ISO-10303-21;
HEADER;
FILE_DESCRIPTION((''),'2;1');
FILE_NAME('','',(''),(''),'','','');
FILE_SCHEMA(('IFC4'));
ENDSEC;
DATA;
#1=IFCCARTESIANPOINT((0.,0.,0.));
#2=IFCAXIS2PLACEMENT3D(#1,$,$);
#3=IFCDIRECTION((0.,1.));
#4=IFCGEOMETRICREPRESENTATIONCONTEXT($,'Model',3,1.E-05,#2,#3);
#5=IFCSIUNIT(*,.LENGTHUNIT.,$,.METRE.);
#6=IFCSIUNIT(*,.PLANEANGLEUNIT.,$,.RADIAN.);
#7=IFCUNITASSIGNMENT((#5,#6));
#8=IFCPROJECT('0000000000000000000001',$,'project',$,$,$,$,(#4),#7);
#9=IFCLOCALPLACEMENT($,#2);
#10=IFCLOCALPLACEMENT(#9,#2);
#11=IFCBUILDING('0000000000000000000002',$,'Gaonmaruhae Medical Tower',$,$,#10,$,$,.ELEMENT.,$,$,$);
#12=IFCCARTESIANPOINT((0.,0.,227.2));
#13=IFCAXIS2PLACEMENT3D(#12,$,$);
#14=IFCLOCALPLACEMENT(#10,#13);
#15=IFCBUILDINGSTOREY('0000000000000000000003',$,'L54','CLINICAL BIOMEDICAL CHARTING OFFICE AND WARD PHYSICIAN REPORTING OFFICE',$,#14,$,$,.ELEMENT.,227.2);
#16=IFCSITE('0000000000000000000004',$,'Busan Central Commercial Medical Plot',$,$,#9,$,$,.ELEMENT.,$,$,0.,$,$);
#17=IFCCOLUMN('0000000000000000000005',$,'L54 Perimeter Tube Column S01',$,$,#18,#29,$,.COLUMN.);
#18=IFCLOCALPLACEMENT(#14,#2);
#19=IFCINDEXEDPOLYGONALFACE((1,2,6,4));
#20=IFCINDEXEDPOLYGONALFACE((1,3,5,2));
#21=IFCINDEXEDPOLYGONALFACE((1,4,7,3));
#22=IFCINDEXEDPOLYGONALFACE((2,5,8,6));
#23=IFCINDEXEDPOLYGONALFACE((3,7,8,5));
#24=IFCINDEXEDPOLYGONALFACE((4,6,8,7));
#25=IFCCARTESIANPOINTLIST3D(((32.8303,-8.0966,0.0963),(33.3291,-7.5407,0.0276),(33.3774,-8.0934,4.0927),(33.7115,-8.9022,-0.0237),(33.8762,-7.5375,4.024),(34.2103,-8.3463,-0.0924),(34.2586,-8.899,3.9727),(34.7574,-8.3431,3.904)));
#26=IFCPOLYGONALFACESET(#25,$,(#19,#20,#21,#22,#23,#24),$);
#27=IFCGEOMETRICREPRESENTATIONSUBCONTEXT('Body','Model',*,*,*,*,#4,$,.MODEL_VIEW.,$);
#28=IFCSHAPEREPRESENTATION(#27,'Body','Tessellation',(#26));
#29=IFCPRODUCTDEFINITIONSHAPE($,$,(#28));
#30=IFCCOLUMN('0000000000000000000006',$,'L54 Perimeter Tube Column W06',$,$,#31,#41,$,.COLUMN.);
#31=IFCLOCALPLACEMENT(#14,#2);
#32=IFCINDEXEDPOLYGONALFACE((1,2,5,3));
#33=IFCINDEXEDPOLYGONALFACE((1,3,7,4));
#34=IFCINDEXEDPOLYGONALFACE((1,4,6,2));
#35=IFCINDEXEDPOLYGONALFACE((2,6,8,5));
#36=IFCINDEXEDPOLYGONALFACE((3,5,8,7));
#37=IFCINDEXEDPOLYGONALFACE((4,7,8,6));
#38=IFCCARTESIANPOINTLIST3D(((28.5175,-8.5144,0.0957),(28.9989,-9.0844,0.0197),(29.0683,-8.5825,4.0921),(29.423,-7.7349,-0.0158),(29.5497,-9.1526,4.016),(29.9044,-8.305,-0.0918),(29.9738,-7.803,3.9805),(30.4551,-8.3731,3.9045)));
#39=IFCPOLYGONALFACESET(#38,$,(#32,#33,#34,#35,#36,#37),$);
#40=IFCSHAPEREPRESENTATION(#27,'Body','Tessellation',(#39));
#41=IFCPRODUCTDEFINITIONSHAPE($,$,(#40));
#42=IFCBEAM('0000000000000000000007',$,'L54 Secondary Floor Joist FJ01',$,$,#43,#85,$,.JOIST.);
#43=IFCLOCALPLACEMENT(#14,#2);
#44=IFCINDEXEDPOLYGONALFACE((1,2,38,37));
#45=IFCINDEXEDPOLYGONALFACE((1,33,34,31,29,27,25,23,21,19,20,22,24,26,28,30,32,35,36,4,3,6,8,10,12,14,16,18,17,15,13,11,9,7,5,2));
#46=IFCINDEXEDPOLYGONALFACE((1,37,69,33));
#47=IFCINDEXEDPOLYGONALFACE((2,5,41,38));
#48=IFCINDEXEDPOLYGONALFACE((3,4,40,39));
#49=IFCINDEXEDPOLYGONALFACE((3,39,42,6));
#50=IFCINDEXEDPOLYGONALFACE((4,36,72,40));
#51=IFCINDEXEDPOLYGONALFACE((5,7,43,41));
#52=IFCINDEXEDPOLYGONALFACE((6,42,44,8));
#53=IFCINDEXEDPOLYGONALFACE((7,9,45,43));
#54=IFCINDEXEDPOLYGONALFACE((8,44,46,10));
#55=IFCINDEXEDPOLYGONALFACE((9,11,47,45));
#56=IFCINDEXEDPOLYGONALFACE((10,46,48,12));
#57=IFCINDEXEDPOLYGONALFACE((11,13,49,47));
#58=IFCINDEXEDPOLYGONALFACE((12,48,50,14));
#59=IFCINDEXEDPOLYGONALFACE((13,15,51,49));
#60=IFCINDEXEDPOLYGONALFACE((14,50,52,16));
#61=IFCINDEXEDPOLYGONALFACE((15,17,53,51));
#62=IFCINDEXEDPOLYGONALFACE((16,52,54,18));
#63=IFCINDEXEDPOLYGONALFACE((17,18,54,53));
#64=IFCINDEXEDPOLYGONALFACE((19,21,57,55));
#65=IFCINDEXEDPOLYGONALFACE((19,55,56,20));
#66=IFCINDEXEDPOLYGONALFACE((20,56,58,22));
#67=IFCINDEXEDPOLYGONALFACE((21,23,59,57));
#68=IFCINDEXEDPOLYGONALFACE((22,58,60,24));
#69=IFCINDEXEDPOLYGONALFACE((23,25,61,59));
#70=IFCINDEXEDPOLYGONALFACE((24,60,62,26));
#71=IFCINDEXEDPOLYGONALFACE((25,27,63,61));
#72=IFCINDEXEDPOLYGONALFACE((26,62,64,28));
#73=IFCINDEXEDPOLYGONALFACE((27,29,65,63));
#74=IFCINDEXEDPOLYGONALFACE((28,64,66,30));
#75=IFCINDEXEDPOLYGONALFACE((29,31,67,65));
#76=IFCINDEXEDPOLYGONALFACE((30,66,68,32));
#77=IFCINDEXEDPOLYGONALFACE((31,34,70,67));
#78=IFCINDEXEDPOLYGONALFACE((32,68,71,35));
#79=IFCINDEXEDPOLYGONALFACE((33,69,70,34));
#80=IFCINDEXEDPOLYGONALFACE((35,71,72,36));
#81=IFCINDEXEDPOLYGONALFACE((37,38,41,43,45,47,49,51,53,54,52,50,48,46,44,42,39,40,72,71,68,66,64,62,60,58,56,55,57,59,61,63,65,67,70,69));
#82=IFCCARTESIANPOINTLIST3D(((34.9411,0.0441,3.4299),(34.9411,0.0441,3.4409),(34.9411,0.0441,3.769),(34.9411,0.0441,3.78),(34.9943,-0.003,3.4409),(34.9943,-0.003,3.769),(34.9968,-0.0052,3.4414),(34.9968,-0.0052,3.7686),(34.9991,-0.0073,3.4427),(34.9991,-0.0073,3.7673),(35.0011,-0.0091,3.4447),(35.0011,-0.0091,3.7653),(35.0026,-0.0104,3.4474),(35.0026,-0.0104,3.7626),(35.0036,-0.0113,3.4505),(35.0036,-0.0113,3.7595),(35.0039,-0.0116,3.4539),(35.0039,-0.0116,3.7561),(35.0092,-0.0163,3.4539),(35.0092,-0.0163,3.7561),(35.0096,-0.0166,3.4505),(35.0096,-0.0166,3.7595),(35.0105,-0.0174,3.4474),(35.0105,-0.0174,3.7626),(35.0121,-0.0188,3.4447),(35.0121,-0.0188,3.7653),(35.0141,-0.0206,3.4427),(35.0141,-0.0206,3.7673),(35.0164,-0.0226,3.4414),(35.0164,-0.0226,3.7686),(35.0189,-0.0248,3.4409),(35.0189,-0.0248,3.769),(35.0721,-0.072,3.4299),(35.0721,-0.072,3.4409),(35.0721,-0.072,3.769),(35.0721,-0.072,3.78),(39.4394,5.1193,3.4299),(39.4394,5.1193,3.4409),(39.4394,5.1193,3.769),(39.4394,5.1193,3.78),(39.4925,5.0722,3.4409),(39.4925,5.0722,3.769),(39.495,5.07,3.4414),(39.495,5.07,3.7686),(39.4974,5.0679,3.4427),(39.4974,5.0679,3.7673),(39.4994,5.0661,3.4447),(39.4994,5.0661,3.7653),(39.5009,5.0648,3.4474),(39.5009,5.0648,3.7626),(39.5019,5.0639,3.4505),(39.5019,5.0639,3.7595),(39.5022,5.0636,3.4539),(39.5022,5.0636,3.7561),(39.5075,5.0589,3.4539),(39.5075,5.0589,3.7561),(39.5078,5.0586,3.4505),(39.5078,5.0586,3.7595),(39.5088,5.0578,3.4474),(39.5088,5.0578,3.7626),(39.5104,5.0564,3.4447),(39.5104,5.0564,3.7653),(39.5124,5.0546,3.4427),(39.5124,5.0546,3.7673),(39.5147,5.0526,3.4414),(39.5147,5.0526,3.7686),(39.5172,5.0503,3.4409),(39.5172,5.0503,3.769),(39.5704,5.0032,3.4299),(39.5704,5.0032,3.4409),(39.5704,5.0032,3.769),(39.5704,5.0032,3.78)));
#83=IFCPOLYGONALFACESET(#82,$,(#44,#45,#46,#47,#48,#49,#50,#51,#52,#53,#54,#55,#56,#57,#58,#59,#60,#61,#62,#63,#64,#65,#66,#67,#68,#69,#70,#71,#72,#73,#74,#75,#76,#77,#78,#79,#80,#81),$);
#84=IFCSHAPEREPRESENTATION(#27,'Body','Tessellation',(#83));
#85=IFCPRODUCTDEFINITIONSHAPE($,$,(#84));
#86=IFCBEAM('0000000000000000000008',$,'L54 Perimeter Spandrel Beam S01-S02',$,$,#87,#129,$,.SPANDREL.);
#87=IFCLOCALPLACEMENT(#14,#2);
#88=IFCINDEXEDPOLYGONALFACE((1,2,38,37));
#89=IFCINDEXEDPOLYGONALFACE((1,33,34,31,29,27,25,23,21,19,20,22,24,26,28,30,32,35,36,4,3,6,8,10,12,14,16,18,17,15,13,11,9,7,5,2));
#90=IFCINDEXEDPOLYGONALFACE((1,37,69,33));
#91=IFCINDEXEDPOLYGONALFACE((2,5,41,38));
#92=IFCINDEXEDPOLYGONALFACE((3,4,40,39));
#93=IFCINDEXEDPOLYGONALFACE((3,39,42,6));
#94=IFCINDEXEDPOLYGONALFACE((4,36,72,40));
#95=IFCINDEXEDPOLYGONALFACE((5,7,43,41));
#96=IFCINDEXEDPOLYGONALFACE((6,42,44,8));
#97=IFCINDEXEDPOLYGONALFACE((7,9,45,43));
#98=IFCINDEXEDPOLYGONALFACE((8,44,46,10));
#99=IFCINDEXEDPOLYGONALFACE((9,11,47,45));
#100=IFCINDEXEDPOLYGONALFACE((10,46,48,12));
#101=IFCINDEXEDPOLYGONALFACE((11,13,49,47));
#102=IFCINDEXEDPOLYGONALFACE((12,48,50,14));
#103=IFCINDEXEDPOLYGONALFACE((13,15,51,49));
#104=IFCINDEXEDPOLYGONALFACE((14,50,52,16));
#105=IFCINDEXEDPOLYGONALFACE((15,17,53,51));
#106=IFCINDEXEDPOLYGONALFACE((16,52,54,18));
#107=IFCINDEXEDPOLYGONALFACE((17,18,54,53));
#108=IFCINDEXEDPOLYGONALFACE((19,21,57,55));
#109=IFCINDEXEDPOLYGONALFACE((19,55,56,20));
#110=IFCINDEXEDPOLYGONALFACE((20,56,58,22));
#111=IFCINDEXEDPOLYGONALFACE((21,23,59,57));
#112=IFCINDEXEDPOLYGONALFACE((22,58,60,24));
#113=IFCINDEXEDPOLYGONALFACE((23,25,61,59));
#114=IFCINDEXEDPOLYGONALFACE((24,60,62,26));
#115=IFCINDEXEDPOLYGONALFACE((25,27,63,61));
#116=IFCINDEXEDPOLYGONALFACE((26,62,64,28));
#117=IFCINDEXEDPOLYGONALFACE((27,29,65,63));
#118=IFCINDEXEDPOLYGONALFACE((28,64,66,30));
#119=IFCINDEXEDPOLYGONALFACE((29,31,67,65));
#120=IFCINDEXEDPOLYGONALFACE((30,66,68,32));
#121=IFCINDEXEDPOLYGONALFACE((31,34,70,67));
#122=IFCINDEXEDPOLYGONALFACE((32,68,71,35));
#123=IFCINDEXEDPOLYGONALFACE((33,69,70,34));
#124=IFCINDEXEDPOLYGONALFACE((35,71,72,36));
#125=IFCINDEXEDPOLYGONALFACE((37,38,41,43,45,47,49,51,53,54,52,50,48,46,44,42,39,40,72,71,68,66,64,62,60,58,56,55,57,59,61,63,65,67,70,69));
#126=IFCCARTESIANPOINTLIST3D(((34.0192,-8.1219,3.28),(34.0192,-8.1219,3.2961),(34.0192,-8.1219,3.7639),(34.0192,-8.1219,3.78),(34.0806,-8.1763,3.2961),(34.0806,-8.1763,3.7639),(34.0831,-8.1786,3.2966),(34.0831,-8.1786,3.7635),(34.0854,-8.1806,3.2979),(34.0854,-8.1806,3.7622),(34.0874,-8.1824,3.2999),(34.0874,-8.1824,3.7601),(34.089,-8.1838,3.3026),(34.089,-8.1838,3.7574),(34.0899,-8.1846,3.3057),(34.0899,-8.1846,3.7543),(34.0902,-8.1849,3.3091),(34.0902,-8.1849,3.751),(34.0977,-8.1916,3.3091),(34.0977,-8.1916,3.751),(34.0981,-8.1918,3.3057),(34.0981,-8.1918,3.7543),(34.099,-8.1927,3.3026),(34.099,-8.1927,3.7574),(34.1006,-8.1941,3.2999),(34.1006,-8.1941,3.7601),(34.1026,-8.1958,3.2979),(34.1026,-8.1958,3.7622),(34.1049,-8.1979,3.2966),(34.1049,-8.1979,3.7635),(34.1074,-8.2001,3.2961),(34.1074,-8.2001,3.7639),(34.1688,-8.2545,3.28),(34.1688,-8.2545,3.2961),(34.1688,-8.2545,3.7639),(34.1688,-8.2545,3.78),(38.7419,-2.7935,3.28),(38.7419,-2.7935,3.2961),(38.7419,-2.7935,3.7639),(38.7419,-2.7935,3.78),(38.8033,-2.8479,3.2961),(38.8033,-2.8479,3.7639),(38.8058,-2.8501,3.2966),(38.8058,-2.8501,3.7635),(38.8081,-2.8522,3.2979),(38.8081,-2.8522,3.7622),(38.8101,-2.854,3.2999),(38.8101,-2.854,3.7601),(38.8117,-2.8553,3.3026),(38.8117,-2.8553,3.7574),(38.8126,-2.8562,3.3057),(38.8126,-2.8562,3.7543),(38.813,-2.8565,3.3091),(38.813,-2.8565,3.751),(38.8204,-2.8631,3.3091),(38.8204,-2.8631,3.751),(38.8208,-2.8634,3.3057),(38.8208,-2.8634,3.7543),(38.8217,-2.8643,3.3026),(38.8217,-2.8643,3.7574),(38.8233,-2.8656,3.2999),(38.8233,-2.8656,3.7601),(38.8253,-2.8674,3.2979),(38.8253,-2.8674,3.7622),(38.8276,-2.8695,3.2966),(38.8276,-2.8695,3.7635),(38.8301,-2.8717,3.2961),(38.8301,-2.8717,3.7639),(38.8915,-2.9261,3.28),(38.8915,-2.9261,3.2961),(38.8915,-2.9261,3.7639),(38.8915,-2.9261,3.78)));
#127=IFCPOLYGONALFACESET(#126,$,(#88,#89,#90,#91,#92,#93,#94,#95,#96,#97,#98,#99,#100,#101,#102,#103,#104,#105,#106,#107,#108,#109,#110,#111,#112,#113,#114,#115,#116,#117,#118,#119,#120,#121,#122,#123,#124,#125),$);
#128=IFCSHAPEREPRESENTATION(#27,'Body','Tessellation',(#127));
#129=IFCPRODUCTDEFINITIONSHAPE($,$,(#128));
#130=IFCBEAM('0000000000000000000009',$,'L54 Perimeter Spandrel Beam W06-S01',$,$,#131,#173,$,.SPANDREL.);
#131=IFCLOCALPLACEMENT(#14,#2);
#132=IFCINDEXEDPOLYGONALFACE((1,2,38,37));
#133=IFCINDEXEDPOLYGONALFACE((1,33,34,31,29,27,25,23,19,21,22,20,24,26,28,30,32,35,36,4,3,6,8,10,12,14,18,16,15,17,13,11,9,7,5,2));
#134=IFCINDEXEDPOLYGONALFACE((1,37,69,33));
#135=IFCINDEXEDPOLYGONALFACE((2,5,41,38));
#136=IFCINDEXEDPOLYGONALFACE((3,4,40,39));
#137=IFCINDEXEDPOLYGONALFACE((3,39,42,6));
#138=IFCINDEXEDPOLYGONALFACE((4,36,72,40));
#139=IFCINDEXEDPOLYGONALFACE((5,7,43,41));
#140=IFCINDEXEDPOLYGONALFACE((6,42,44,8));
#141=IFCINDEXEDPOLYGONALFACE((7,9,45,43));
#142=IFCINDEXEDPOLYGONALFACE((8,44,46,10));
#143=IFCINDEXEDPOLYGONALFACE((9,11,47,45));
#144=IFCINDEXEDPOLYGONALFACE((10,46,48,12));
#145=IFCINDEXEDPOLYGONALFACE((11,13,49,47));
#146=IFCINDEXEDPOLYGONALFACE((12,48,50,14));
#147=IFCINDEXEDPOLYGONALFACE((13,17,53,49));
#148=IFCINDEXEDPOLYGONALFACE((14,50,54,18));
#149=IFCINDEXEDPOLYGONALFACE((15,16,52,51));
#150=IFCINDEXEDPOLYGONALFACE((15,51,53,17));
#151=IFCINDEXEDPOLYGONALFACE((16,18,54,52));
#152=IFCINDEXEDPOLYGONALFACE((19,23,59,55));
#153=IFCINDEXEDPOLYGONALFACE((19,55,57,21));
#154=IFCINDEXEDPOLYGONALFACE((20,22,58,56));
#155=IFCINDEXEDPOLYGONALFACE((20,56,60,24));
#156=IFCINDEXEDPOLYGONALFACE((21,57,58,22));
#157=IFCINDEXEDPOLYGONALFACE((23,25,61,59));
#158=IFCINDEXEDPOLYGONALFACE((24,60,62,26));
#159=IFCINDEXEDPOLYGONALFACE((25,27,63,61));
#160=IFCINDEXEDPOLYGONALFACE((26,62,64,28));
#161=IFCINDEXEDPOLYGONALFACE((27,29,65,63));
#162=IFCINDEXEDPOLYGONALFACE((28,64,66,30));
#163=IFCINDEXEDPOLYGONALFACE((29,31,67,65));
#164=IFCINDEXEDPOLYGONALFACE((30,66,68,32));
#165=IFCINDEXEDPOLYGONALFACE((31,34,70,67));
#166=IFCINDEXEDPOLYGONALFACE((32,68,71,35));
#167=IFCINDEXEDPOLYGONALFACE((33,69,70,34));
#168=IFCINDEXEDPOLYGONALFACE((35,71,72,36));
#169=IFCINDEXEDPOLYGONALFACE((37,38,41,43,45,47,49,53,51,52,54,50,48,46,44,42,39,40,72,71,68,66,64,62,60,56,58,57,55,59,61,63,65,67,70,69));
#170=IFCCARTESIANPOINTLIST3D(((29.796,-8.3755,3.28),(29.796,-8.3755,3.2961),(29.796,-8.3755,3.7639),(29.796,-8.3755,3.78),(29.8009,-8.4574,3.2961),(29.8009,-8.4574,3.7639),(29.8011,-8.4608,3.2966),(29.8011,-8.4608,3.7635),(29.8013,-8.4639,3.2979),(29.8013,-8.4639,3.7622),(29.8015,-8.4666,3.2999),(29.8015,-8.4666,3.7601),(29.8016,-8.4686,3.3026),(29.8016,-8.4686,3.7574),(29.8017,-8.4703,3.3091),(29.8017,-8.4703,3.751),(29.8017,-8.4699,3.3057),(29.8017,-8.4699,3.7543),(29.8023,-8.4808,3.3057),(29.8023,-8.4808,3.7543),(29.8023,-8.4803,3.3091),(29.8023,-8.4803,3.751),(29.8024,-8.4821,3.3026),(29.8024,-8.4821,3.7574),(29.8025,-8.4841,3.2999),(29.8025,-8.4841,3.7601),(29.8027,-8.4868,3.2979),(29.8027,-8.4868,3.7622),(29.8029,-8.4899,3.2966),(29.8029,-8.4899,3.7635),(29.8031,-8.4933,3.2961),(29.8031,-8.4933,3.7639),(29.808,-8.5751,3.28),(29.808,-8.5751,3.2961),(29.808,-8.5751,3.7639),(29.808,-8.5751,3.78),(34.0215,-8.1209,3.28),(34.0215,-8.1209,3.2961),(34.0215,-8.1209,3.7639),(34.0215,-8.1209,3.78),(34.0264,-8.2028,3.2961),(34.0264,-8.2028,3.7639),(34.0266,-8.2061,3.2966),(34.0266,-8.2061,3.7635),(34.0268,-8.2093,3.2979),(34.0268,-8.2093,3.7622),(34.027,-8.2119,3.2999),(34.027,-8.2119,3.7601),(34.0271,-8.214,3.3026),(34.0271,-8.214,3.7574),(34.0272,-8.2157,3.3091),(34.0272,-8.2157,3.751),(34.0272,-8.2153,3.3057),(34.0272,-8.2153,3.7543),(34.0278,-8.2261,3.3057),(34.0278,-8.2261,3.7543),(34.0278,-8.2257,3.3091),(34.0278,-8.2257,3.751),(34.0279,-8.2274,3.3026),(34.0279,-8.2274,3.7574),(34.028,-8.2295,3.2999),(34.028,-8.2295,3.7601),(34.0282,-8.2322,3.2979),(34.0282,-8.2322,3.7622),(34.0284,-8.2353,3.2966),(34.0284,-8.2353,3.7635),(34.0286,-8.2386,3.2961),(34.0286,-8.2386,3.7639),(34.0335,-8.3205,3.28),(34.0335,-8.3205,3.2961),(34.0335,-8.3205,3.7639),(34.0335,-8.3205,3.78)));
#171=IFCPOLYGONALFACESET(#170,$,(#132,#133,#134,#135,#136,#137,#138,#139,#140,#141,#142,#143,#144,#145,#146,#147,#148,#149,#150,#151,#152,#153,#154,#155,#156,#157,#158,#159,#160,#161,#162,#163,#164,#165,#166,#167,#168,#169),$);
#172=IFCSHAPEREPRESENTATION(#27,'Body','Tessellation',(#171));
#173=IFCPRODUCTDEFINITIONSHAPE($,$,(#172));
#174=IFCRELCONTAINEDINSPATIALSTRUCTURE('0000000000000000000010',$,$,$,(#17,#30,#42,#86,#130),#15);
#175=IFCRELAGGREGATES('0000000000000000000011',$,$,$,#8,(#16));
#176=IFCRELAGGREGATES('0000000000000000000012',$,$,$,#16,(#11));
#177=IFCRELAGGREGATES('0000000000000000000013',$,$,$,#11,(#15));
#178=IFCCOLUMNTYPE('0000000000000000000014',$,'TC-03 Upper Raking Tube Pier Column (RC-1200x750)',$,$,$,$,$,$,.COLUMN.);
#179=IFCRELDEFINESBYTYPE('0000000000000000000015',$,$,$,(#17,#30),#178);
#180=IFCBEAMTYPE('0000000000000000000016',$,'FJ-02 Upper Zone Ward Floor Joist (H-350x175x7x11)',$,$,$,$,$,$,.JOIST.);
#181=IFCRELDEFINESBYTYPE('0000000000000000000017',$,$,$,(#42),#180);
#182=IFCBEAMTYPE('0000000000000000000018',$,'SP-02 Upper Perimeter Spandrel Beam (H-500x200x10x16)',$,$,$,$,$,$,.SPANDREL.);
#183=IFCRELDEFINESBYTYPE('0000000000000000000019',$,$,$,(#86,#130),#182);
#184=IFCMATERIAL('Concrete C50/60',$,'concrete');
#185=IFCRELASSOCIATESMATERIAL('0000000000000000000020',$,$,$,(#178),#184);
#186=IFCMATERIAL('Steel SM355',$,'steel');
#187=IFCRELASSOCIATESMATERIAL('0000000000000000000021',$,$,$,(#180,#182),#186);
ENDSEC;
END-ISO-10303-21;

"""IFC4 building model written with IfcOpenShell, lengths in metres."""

from ifc_helpers import new_model, si_unit, direction, frame, origin, origin_2d, place, context, subcontext, project, spatial, rectangle, i_section, extrude, material, material_profile, profile_set, type_object, element, save


model = new_model("IFC4")

# Units and contexts
model_context = context("Model", 3, precision=1e-05, world=origin(), true_north=direction((0.0, 1.0)))
body_context = subcontext(model_context, "Body", "Model", "MODEL_VIEW")
ifc_project = project(units=[si_unit("LENGTHUNIT", "METRE"), si_unit("PLANEANGLEUNIT", "RADIAN")], contexts=[model_context])

# Site, building, storey
site_placement = place(None, origin())
site = spatial("IfcSite", under=ifc_project, at=site_placement, Name="Busan Central Commercial Medical Plot", CompositionType="ELEMENT", RefElevation=0.0)
building_placement = place(site_placement, origin())
building = spatial("IfcBuilding", under=site, at=building_placement, Name="Gaonmaruhae Medical Tower", CompositionType="ELEMENT")
storey_placement = place(building_placement, frame((0.0, 0.0, 227.2)))
storey = spatial("IfcBuildingStorey", under=building, at=storey_placement, Name="L54", Description="CLINICAL BIOMEDICAL CHARTING OFFICE AND WARD PHYSICIAN REPORTING OFFICE", CompositionType="ELEMENT", Elevation=227.2)

# Columns
ifc_material_1 = material(Name="Concrete C50/60", Category="concrete")
ifc_material_profile_1 = material_profile(ifc_material_1, rectangle(XDim=1.2, YDim=0.75, at=origin_2d()), Name="RC-1200x750")
ifc_profile_set_1 = profile_set([ifc_material_profile_1], Name="Concrete C50/60")
column_type = type_object("IfcColumnType", Name="TC-03 Upper Raking Tube Pier Column (RC-1200x750)", PredefinedType="COLUMN", material=ifc_profile_set_1)
column_1_placement = place(storey_placement, frame((33.5203, -8.2214, 0.002), z_axis=(0.13564, 0.000787, 0.990758), x_axis=(-0.73437, 0.671342, 0.100006)))
element("IfcColumn", 1, at=column_1_placement, inside=storey, type_object=column_type, Name="L54 Perimeter Tube Column S01", PredefinedType="COLUMN", context=body_context, shape_type="SweptSolid", body=[
    extrude(rectangle(XDim=1.2, YDim=0.75, at=origin_2d()), origin(), (0.0, 0.0, 1.0), 4.0337),
])
column_2_placement = place(storey_placement, frame((29.2109, -8.4097, 0.002), z_axis=(0.136511, -0.016882, 0.990495), x_axis=(-0.754599, -0.649573, 0.092928)))
element("IfcColumn", 2, at=column_2_placement, inside=storey, type_object=column_type, Name="L54 Perimeter Tube Column W06", PredefinedType="COLUMN", context=body_context, shape_type="SweptSolid", body=[
    extrude(rectangle(XDim=1.2, YDim=0.75, at=origin_2d()), origin(), (0.0, 0.0, 1.0), 4.0347),
])

# Beams
ifc_material_2 = material(Name="Steel SM355", Category="steel")
ifc_material_profile_2 = material_profile(ifc_material_2, i_section(OverallWidth=0.175, OverallDepth=0.3501, WebThickness=0.0071, FlangeThickness=0.011, FilletRadius=0.0129, at=origin_2d()), Name="H-350x175x7x11")
ifc_profile_set_2 = profile_set([ifc_material_profile_2], Name="Steel SM355")
beam_type_1 = type_object("IfcBeamType", Name="FJ-02 Upper Zone Ward Floor Joist (H-350x175x7x11)", PredefinedType="JOIST", material=ifc_profile_set_2)
beam_1_placement = place(storey_placement, frame((35.0066, -0.0139, 3.605), z_axis=(0.663293, 0.74836, 0.0), x_axis=(-0.74836, 0.663293, 0.0)))
element("IfcBeam", 3, at=beam_1_placement, inside=storey, type_object=beam_type_1, Name="L54 Secondary Floor Joist FJ01", PredefinedType="JOIST", context=body_context, shape_type="SweptSolid", body=[
    extrude(i_section(OverallWidth=0.175, OverallDepth=0.3501, WebThickness=0.0071, FlangeThickness=0.011, FilletRadius=0.0129, at=origin_2d()), origin(), (0.0, 0.0, 1.0), 6.7817),
])
ifc_material_profile_3 = material_profile(ifc_material_2, i_section(OverallWidth=0.2, OverallDepth=0.5, WebThickness=0.01, FlangeThickness=0.0161, FilletRadius=0.0129, at=origin_2d()), Name="H-500x200x10x16")
ifc_profile_set_3 = profile_set([ifc_material_profile_3], Name="Steel SM355")
beam_type_2 = type_object("IfcBeamType", Name="SP-02 Upper Perimeter Spandrel Beam (H-500x200x10x16)", PredefinedType="SPANDREL", material=ifc_profile_set_3)
beam_2_placement = place(storey_placement, frame((34.094, -8.1882, 3.53), z_axis=(0.66329, 0.748362, 0.0), x_axis=(-0.748362, 0.66329, 0.0)))
element("IfcBeam", 4, at=beam_2_placement, inside=storey, type_object=beam_type_2, Name="L54 Perimeter Spandrel Beam S01-S02", PredefinedType="SPANDREL", context=body_context, shape_type="SweptSolid", body=[
    extrude(i_section(OverallWidth=0.2, OverallDepth=0.5, WebThickness=0.01, FlangeThickness=0.0161, FilletRadius=0.0129, at=origin_2d()), origin(), (0.0, 0.0, 1.0), 7.1201),
])
beam_3_placement = place(storey_placement, frame((29.802, -8.4753, 3.53), z_axis=(0.998189, 0.060152, 0.0), x_axis=(-0.060152, 0.998189, 0.0)))
element("IfcBeam", 5, at=beam_3_placement, inside=storey, type_object=beam_type_2, Name="L54 Perimeter Spandrel Beam W06-S01", PredefinedType="SPANDREL", context=body_context, shape_type="SweptSolid", body=[
    extrude(i_section(OverallWidth=0.2, OverallDepth=0.5, WebThickness=0.01, FlangeThickness=0.0161, FilletRadius=0.0129, at=origin_2d()), origin(), (0.0, 0.0, 1.0), 4.2332),
])

save(model, "model.ifc")
